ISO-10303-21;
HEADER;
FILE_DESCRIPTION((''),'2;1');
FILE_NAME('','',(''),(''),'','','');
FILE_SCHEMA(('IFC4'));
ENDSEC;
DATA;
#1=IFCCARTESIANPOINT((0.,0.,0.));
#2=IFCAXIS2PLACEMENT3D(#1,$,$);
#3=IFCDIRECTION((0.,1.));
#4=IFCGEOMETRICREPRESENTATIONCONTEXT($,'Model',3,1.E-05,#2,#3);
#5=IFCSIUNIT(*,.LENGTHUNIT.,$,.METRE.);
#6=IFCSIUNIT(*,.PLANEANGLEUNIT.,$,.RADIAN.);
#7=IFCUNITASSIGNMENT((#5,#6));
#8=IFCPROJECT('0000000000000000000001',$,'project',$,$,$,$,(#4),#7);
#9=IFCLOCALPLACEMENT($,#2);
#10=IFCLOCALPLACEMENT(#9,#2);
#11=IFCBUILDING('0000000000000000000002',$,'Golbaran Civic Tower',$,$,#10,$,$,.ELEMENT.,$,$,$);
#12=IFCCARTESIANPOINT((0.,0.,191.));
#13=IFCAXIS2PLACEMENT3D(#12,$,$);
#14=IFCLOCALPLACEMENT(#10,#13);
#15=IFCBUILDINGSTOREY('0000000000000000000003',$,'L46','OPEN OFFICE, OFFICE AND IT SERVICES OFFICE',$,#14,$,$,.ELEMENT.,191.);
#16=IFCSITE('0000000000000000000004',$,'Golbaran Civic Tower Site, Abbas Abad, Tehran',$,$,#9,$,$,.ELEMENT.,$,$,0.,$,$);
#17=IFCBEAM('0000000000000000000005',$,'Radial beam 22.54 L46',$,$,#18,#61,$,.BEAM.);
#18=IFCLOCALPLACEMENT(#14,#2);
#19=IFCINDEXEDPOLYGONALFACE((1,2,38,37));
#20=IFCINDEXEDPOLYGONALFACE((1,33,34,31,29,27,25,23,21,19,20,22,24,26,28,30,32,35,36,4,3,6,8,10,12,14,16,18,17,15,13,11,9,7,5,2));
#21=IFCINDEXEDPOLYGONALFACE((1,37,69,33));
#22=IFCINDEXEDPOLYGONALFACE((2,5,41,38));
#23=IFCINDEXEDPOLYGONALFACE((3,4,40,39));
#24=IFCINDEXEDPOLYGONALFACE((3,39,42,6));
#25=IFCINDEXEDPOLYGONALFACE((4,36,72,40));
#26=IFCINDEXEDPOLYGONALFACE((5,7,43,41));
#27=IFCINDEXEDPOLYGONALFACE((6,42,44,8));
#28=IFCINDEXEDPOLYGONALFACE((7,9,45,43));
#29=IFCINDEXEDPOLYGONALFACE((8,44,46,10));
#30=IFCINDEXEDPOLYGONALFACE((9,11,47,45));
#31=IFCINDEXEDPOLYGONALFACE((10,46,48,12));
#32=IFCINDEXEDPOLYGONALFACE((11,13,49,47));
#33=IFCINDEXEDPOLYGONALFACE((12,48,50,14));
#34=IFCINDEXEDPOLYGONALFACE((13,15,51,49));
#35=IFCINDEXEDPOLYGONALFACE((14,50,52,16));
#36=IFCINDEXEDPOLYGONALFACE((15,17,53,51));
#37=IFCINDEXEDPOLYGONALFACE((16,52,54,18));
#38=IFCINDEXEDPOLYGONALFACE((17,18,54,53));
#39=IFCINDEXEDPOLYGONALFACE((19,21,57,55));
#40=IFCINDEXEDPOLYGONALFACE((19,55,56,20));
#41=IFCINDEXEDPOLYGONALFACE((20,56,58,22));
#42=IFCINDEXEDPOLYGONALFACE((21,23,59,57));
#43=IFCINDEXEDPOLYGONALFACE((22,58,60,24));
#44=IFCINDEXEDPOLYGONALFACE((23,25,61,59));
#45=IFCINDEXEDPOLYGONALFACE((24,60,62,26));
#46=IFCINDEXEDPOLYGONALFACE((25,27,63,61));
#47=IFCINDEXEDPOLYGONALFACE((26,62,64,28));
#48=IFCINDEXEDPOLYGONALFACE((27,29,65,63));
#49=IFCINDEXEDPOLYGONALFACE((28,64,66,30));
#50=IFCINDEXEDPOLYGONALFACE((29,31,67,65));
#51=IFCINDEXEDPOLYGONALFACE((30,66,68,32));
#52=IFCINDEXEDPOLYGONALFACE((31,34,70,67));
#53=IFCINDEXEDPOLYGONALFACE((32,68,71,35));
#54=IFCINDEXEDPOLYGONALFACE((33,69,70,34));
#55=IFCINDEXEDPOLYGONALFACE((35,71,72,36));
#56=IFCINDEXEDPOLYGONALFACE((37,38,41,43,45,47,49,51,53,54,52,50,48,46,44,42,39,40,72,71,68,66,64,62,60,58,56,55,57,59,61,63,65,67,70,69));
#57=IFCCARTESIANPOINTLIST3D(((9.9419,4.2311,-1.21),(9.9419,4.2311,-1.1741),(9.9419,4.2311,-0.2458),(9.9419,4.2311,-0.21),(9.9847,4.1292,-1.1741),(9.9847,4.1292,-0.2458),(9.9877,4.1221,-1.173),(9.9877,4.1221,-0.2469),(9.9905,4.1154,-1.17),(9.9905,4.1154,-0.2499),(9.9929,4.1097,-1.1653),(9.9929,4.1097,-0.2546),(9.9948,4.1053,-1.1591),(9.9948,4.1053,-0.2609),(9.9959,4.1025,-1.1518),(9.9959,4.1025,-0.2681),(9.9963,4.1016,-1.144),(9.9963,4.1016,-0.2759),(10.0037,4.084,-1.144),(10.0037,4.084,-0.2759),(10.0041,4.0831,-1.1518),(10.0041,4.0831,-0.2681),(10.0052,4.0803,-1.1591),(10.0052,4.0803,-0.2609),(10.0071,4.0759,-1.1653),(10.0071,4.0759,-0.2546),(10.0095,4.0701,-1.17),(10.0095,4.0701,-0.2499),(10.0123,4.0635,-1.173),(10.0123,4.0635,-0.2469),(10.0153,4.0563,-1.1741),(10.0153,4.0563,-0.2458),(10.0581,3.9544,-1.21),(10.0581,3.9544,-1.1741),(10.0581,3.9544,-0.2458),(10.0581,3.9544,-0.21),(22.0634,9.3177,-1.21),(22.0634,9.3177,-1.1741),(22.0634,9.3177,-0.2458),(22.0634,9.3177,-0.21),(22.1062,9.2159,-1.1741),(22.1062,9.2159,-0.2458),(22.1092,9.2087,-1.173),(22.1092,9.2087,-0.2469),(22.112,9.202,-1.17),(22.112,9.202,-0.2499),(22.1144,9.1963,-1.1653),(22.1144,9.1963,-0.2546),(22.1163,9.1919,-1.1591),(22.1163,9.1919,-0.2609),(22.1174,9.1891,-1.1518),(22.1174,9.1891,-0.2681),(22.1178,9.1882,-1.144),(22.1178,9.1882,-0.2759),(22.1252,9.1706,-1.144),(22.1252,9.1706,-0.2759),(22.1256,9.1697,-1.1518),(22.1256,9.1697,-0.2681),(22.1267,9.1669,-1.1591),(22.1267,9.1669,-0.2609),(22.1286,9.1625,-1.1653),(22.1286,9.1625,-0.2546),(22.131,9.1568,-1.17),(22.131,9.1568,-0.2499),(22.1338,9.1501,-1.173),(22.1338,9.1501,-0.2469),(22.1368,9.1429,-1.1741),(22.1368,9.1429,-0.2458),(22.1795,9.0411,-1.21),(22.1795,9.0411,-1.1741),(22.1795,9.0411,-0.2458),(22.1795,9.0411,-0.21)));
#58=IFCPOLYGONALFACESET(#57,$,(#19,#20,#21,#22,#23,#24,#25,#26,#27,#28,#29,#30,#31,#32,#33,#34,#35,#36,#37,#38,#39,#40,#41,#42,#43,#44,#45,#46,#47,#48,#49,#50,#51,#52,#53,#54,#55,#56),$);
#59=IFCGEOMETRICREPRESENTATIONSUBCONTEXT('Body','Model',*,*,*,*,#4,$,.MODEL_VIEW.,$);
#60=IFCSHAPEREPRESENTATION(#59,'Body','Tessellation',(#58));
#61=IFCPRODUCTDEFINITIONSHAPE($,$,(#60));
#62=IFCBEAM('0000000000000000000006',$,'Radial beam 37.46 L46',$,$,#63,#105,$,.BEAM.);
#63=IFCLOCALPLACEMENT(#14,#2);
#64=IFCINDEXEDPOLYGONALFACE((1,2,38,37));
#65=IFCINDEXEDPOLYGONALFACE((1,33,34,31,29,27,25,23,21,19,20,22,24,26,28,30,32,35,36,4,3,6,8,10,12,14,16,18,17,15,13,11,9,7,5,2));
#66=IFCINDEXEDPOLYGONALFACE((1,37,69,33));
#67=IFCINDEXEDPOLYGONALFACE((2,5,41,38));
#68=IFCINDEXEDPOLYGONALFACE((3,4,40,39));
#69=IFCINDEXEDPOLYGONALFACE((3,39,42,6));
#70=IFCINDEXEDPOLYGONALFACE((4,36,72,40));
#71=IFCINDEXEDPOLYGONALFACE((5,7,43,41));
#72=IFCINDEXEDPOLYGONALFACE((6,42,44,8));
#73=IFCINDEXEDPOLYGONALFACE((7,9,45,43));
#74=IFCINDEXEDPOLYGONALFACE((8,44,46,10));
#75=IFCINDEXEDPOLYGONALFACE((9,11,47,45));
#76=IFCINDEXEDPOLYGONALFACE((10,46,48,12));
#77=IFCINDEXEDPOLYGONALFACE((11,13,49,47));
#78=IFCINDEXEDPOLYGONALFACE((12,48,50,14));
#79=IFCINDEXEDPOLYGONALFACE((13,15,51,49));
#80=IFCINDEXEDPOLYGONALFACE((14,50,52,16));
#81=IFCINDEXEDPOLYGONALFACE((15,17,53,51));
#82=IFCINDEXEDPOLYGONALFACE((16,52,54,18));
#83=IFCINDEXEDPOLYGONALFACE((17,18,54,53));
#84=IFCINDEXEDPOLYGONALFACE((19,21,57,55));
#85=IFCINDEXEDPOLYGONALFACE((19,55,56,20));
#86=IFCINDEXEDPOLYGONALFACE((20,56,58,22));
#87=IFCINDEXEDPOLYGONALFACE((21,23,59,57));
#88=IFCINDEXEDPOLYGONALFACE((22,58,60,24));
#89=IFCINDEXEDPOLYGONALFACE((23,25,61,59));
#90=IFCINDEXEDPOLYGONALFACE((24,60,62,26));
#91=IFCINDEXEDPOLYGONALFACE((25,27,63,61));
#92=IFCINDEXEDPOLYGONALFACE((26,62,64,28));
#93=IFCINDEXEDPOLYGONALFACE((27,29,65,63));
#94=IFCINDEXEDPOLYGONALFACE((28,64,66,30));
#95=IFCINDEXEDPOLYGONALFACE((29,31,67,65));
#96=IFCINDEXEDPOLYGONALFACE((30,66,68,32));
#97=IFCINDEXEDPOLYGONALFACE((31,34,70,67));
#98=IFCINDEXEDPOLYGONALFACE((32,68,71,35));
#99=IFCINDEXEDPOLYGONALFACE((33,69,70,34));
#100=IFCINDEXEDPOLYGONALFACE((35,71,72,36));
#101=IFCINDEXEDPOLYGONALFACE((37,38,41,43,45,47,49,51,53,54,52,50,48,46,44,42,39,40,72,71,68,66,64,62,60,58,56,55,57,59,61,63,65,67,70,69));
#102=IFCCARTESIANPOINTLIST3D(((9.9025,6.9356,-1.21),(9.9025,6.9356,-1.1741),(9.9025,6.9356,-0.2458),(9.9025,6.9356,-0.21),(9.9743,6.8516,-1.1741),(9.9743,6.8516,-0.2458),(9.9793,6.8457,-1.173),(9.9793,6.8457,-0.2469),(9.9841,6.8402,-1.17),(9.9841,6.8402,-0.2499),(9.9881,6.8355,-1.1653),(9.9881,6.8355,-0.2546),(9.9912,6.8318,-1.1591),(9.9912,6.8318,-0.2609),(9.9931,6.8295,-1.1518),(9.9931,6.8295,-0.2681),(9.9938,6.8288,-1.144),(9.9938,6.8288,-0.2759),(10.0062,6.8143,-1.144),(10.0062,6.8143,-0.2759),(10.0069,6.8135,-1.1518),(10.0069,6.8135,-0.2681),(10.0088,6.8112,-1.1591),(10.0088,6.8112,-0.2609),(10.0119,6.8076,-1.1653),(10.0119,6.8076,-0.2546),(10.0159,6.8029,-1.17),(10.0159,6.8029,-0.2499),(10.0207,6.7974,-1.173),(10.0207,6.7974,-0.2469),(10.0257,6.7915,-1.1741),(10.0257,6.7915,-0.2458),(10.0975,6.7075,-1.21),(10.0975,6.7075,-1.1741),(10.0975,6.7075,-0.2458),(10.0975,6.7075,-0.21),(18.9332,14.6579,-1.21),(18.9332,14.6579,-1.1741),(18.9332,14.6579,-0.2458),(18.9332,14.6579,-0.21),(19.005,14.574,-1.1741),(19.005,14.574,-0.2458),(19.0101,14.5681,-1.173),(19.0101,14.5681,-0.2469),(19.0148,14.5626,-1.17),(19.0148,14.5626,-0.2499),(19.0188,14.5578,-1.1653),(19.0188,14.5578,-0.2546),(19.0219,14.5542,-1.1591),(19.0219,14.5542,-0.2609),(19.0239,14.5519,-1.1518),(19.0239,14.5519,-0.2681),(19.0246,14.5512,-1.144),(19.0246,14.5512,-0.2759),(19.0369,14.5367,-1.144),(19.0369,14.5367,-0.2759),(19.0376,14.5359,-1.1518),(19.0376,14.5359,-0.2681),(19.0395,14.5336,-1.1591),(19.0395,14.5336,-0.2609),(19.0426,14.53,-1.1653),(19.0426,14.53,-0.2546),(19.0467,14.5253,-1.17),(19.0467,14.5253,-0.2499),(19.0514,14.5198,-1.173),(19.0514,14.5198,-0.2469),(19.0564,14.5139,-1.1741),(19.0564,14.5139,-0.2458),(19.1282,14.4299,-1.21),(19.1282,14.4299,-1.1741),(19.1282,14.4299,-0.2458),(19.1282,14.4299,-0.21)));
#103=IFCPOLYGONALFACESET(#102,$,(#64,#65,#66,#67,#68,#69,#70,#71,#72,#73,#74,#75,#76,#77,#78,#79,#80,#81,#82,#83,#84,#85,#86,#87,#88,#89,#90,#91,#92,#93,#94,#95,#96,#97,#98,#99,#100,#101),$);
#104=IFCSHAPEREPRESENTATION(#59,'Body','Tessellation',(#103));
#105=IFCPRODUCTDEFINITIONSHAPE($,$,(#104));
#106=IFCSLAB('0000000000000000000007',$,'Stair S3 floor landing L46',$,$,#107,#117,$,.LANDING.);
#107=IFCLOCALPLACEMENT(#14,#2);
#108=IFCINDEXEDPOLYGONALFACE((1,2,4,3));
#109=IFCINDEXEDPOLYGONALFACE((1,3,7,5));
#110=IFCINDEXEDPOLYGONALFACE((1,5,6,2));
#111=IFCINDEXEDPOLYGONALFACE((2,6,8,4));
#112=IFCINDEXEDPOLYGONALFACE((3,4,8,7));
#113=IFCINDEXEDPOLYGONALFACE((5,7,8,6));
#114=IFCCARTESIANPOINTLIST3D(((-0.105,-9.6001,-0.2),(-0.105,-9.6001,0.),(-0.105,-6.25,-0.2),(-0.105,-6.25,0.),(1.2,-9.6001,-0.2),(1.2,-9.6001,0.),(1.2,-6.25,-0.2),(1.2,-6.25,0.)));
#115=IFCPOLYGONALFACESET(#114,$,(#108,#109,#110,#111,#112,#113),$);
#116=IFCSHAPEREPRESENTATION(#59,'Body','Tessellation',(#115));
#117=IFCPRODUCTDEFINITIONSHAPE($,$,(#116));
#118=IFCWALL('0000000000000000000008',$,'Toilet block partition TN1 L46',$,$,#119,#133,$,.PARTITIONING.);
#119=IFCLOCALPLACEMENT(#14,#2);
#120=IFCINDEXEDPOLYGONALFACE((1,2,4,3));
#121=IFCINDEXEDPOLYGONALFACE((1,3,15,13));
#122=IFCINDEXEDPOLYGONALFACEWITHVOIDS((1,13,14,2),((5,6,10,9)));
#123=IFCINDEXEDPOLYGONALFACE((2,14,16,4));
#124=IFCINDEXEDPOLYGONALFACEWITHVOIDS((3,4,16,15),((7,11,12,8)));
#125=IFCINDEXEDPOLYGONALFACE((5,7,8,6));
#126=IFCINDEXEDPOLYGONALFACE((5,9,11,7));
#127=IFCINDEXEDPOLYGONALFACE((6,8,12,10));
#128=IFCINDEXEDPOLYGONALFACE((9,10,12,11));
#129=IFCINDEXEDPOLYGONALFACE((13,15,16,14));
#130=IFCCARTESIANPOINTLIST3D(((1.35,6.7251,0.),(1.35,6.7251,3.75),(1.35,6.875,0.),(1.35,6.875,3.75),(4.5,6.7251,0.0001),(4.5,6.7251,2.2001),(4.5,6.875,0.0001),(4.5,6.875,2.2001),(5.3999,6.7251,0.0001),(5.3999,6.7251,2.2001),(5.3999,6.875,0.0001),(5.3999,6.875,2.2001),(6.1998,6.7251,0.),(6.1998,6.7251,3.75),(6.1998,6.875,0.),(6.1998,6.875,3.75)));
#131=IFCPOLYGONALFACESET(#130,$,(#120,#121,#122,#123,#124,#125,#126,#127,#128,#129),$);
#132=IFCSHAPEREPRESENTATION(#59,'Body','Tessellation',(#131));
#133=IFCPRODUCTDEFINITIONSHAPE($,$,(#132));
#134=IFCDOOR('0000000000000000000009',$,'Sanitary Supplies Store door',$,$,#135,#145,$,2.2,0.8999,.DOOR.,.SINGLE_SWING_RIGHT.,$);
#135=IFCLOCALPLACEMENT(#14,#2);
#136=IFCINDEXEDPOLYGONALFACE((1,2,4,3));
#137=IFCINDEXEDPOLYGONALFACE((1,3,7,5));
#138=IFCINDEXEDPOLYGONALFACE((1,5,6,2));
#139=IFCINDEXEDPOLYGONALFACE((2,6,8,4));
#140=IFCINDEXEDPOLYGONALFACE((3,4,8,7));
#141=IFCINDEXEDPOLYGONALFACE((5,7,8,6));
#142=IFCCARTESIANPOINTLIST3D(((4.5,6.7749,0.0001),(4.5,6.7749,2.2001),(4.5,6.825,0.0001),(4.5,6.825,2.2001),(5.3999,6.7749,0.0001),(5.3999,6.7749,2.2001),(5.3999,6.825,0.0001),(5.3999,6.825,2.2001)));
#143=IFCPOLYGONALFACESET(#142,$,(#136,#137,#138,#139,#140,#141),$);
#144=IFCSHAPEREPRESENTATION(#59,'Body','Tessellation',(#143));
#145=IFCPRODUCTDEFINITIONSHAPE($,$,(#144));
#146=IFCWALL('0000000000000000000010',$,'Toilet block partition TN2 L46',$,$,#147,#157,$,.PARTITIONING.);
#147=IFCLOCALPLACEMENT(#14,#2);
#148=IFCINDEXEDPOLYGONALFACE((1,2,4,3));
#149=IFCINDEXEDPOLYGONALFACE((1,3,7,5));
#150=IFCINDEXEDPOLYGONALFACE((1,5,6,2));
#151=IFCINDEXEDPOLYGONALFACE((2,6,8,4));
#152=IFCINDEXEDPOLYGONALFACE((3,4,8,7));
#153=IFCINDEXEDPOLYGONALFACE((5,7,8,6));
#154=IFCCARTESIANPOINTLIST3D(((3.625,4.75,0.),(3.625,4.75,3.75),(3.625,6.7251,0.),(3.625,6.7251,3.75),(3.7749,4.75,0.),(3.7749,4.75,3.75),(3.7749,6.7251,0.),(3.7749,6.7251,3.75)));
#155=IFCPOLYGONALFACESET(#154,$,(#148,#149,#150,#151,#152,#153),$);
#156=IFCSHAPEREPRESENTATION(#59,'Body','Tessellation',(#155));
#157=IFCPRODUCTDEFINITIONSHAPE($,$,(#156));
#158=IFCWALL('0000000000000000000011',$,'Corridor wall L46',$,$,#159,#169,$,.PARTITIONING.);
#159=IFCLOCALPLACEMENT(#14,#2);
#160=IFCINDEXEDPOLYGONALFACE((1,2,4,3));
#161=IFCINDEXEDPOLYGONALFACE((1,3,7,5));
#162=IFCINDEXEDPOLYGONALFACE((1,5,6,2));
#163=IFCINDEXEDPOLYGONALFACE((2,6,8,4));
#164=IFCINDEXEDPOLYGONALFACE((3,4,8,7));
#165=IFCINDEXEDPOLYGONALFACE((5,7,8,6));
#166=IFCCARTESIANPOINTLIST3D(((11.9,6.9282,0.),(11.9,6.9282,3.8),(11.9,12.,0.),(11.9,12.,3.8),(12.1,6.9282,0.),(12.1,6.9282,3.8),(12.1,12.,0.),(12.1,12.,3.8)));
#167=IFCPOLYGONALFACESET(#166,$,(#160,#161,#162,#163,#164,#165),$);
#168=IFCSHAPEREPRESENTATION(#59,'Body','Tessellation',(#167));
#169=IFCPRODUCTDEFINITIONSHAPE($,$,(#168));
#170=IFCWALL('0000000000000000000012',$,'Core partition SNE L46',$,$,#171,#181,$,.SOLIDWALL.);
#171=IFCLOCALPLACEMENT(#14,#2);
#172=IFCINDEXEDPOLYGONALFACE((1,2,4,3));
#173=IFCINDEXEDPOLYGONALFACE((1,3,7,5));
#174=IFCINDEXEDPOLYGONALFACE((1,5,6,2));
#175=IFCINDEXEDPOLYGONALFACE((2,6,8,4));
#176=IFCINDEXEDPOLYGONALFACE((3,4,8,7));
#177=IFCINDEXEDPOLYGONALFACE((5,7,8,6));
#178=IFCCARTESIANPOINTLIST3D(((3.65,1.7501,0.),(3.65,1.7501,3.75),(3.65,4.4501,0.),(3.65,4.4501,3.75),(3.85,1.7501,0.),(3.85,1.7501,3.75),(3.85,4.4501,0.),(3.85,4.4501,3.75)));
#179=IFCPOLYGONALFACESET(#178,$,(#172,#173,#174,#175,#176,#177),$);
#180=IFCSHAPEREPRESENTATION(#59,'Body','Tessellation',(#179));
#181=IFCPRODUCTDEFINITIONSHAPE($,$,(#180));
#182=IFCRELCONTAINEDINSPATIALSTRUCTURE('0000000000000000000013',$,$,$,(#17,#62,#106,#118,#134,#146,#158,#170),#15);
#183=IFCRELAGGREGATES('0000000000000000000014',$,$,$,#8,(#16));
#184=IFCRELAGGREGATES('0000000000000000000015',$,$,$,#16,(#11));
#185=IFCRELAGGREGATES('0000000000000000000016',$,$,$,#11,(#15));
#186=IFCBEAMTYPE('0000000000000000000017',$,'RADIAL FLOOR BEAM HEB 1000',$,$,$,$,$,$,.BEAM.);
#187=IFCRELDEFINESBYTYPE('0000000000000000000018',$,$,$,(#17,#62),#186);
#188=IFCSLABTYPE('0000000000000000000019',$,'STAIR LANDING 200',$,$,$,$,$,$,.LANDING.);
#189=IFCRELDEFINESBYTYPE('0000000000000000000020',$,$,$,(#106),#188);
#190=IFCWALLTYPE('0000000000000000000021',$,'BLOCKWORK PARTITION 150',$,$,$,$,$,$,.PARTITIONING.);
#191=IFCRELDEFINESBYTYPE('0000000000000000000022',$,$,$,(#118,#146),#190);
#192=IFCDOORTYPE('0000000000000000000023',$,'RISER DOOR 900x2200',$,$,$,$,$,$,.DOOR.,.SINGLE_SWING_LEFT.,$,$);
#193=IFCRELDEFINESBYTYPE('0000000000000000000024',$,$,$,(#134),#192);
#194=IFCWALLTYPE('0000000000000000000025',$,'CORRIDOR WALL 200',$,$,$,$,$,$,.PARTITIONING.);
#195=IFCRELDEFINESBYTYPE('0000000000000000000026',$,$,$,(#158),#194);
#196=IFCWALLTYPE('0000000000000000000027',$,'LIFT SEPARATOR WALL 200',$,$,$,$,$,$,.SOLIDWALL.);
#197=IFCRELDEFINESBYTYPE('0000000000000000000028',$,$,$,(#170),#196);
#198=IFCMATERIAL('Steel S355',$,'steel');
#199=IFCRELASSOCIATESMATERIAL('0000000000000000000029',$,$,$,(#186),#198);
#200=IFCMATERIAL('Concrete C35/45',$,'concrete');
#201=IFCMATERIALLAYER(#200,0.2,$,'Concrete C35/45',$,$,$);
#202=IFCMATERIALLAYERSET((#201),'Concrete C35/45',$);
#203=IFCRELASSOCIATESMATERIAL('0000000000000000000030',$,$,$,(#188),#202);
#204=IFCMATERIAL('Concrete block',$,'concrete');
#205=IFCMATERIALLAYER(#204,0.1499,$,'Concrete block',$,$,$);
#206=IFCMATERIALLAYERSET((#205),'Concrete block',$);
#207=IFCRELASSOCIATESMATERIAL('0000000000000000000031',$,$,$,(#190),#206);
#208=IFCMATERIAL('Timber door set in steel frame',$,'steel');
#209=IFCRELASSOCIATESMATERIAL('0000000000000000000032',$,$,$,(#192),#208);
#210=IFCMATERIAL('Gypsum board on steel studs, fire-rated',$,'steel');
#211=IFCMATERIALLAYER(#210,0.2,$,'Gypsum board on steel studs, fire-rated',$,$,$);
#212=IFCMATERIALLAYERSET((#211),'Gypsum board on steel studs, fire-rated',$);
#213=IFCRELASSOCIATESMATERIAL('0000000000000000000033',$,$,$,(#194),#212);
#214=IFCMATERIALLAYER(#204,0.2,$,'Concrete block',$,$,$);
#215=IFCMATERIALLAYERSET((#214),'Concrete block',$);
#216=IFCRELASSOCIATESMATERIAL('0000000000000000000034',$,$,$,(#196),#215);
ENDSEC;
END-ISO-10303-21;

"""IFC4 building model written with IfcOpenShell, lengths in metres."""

from ifc_helpers import new_model, si_unit, direction, frame, frame_2d, origin, origin_2d, place, context, subcontext, project, spatial, polyline, rectangle, i_section, outline, extrude, material, layer, layer_set, material_profile, profile_set, type_object, element, fill, save


model = new_model("IFC4")

# Units and contexts
model_context = context("Model", 3, precision=1e-05, world=origin(), true_north=direction((0.0, 1.0)))
body_context = subcontext(model_context, "Body", "Model", "MODEL_VIEW")
ifc_project = project(units=[si_unit("LENGTHUNIT", "METRE"), si_unit("PLANEANGLEUNIT", "RADIAN")], contexts=[model_context])

# Site, building, storey
site_placement = place(None, origin())
site = spatial("IfcSite", under=ifc_project, at=site_placement, Name="Golbaran Civic Tower Site, Abbas Abad, Tehran", CompositionType="ELEMENT", RefElevation=0.0)
building_placement = place(site_placement, origin())
building = spatial("IfcBuilding", under=site, at=building_placement, Name="Golbaran Civic Tower", CompositionType="ELEMENT")
storey_placement = place(building_placement, frame((0.0, 0.0, 191.0)))
storey = spatial("IfcBuildingStorey", under=building, at=storey_placement, Name="L46", Description="OPEN OFFICE, OFFICE AND IT SERVICES OFFICE", CompositionType="ELEMENT", Elevation=191.0)

# Beams
ifc_material_1 = material(Name="Steel S355", Category="steel")
ifc_material_profile_1 = material_profile(ifc_material_1, i_section(OverallWidth=0.3, OverallDepth=1.0, WebThickness=0.019, FlangeThickness=0.0359, FilletRadius=0.03, at=origin_2d()), Name="HEB 1000")
ifc_profile_set_1 = profile_set([ifc_material_profile_1], Name="Steel S355")
beam_type_1 = type_object("IfcBeamType", Name="RADIAL FLOOR BEAM HEB 1000", PredefinedType="BEAM", material=ifc_profile_set_1)
beam_1_placement = place(storey_placement, frame((10.0, 4.0928, -0.71), z_axis=(0.922101, 0.386948, 0.0), x_axis=(-0.386948, 0.922101, 0.0)))
element("IfcBeam", 1, at=beam_1_placement, inside=storey, type_object=beam_type_1, Name="Radial beam 22.54 L46", PredefinedType="BEAM", context=body_context, shape_type="SweptSolid", body=[
    extrude(i_section(OverallWidth=0.3, OverallDepth=1.0, WebThickness=0.019, FlangeThickness=0.0359, FilletRadius=0.03, at=origin_2d()), origin(), (0.0, 0.0, 1.0), 13.1455),
])
beam_2_placement = place(storey_placement, frame((10.0, 6.8215, -0.71), z_axis=(0.760015, 0.649906, 0.0), x_axis=(-0.649906, 0.760015, 0.0)))
element("IfcBeam", 2, at=beam_2_placement, inside=storey, type_object=beam_type_1, Name="Radial beam 37.46 L46", PredefinedType="BEAM", context=body_context, shape_type="SweptSolid", body=[
    extrude(i_section(OverallWidth=0.3, OverallDepth=1.0, WebThickness=0.019, FlangeThickness=0.0359, FilletRadius=0.03, at=origin_2d()), origin(), (0.0, 0.0, 1.0), 11.8823),
])

# Slab
ifc_material_2 = material(Name="Concrete C35/45", Category="concrete")
ifc_layer_1 = layer(ifc_material_2, 0.2, Name="Concrete C35/45")
ifc_layer_set_1 = layer_set([ifc_layer_1], Name="Concrete C35/45")
slab_type = type_object("IfcSlabType", Name="STAIR LANDING 200", PredefinedType="LANDING", material=ifc_layer_set_1)
slab_placement = place(storey_placement, frame((0.0, 0.0, -0.2)))
element("IfcSlab", 3, at=slab_placement, inside=storey, type_object=slab_type, Name="Stair S3 floor landing L46", PredefinedType="LANDING", context=body_context, shape_type="SweptSolid", body=[
    extrude(outline(polyline([(1.2, -9.6001), (-0.105, -9.6001), (-0.105, -6.25), (1.2, -6.25), (1.2, -9.6001)])), origin(), (0.0, 0.0, 1.0), 0.2),
])

# Wall, opening, door
ifc_material_3 = material(Name="Concrete block", Category="concrete")
ifc_layer_2 = layer(ifc_material_3, 0.1499, Name="Concrete block")
ifc_layer_set_2 = layer_set([ifc_layer_2], Name="Concrete block")
wall_type_1 = type_object("IfcWallType", Name="BLOCKWORK PARTITION 150", PredefinedType="PARTITIONING", material=ifc_layer_set_2)
wall_1_placement = place(storey_placement, frame((1.3501, 6.8, 0.0), z_axis=(0.0, 0.0, 1.0), x_axis=(1.0, 0.0, 0.0)))
wall_1 = element("IfcWall", 4, at=wall_1_placement, inside=storey, type_object=wall_type_1, Name="Toilet block partition TN1 L46", PredefinedType="PARTITIONING", context=body_context, shape_type="SweptSolid", body=[
    extrude(rectangle(XDim=4.8499, YDim=0.1499, at=frame_2d((2.4248, 0.0))), origin(), (0.0, 0.0, 1.0), 3.75),
])
opening_1_placement = place(wall_1_placement, frame((3.1499, 0.0, 0.0)))
opening_1 = element("IfcOpeningElement", 5, at=opening_1_placement, cuts=wall_1, PredefinedType="OPENING", context=body_context, shape_type="SweptSolid", body=[
    extrude(rectangle(XDim=0.8999, YDim=2.2, at=frame_2d((0.45, 1.1001))), frame((0.0, 0.085, 0.0), z_axis=(0.0, -1.0, 0.0), x_axis=(1.0, 0.0, 0.0)), (0.0, 0.0, 1.0), 0.1699),
])
ifc_material_4 = material(Name="Timber door set in steel frame", Category="steel")
door_type_1 = type_object("IfcDoorType", Name="RISER DOOR 900x2200", OperationType="SINGLE_SWING_LEFT", PredefinedType="DOOR", material=ifc_material_4)
door_1_placement = place(opening_1_placement, origin())
door_1 = element("IfcDoor", 6, at=door_1_placement, inside=storey, type_object=door_type_1, Name="Sanitary Supplies Store door", OperationType="SINGLE_SWING_RIGHT", OverallHeight=2.2, OverallWidth=0.8999, PredefinedType="DOOR", context=body_context, shape_type="SweptSolid", body=[
    extrude(rectangle(XDim=0.8999, YDim=2.2, at=frame_2d((0.45, 1.1001))), frame((0.0, 0.0249, 0.0), z_axis=(0.0, -1.0, 0.0), x_axis=(1.0, 0.0, 0.0)), (0.0, 0.0, 1.0), 0.05),
])
fill(opening_1, door_1)

# Walls
wall_2_placement = place(storey_placement, frame((3.7, 4.75, 0.0), z_axis=(0.0, 0.0, 1.0), x_axis=(0.0, 1.0, 0.0)))
element("IfcWall", 7, at=wall_2_placement, inside=storey, type_object=wall_type_1, Name="Toilet block partition TN2 L46", PredefinedType="PARTITIONING", context=body_context, shape_type="SweptSolid", body=[
    extrude(rectangle(XDim=1.9751, YDim=0.1499, at=frame_2d((0.9875, 0.0))), origin(), (0.0, 0.0, 1.0), 3.75),
])
ifc_material_5 = material(Name="Gypsum board on steel studs, fire-rated", Category="steel")
ifc_layer_3 = layer(ifc_material_5, 0.2, Name="Gypsum board on steel studs, fire-rated")
ifc_layer_set_3 = layer_set([ifc_layer_3], Name="Gypsum board on steel studs, fire-rated")
wall_type_2 = type_object("IfcWallType", Name="CORRIDOR WALL 200", PredefinedType="PARTITIONING", material=ifc_layer_set_3)
wall_3_placement = place(storey_placement, frame((12.0, 6.9282, 0.0), z_axis=(0.0, 0.0, 1.0), x_axis=(0.0, 1.0, 0.0)))
element("IfcWall", 8, at=wall_3_placement, inside=storey, type_object=wall_type_2, Name="Corridor wall L46", PredefinedType="PARTITIONING", context=body_context, shape_type="SweptSolid", body=[
    extrude(rectangle(XDim=5.0718, YDim=0.2, at=frame_2d((2.5359, 0.0))), origin(), (0.0, 0.0, 1.0), 3.8),
])
ifc_layer_4 = layer(ifc_material_3, 0.2, Name="Concrete block")
ifc_layer_set_4 = layer_set([ifc_layer_4], Name="Concrete block")
wall_type_3 = type_object("IfcWallType", Name="LIFT SEPARATOR WALL 200", PredefinedType="SOLIDWALL", material=ifc_layer_set_4)
wall_4_placement = place(storey_placement, frame((3.75, 1.75, 0.0), z_axis=(0.0, 0.0, 1.0), x_axis=(0.0, 1.0, 0.0)))
element("IfcWall", 9, at=wall_4_placement, inside=storey, type_object=wall_type_3, Name="Core partition SNE L46", PredefinedType="SOLIDWALL", context=body_context, shape_type="SweptSolid", body=[
    extrude(rectangle(XDim=2.7, YDim=0.2, at=frame_2d((1.3501, 0.0))), origin(), (0.0, 0.0, 1.0), 3.75),
])

save(model, "model.ifc")
